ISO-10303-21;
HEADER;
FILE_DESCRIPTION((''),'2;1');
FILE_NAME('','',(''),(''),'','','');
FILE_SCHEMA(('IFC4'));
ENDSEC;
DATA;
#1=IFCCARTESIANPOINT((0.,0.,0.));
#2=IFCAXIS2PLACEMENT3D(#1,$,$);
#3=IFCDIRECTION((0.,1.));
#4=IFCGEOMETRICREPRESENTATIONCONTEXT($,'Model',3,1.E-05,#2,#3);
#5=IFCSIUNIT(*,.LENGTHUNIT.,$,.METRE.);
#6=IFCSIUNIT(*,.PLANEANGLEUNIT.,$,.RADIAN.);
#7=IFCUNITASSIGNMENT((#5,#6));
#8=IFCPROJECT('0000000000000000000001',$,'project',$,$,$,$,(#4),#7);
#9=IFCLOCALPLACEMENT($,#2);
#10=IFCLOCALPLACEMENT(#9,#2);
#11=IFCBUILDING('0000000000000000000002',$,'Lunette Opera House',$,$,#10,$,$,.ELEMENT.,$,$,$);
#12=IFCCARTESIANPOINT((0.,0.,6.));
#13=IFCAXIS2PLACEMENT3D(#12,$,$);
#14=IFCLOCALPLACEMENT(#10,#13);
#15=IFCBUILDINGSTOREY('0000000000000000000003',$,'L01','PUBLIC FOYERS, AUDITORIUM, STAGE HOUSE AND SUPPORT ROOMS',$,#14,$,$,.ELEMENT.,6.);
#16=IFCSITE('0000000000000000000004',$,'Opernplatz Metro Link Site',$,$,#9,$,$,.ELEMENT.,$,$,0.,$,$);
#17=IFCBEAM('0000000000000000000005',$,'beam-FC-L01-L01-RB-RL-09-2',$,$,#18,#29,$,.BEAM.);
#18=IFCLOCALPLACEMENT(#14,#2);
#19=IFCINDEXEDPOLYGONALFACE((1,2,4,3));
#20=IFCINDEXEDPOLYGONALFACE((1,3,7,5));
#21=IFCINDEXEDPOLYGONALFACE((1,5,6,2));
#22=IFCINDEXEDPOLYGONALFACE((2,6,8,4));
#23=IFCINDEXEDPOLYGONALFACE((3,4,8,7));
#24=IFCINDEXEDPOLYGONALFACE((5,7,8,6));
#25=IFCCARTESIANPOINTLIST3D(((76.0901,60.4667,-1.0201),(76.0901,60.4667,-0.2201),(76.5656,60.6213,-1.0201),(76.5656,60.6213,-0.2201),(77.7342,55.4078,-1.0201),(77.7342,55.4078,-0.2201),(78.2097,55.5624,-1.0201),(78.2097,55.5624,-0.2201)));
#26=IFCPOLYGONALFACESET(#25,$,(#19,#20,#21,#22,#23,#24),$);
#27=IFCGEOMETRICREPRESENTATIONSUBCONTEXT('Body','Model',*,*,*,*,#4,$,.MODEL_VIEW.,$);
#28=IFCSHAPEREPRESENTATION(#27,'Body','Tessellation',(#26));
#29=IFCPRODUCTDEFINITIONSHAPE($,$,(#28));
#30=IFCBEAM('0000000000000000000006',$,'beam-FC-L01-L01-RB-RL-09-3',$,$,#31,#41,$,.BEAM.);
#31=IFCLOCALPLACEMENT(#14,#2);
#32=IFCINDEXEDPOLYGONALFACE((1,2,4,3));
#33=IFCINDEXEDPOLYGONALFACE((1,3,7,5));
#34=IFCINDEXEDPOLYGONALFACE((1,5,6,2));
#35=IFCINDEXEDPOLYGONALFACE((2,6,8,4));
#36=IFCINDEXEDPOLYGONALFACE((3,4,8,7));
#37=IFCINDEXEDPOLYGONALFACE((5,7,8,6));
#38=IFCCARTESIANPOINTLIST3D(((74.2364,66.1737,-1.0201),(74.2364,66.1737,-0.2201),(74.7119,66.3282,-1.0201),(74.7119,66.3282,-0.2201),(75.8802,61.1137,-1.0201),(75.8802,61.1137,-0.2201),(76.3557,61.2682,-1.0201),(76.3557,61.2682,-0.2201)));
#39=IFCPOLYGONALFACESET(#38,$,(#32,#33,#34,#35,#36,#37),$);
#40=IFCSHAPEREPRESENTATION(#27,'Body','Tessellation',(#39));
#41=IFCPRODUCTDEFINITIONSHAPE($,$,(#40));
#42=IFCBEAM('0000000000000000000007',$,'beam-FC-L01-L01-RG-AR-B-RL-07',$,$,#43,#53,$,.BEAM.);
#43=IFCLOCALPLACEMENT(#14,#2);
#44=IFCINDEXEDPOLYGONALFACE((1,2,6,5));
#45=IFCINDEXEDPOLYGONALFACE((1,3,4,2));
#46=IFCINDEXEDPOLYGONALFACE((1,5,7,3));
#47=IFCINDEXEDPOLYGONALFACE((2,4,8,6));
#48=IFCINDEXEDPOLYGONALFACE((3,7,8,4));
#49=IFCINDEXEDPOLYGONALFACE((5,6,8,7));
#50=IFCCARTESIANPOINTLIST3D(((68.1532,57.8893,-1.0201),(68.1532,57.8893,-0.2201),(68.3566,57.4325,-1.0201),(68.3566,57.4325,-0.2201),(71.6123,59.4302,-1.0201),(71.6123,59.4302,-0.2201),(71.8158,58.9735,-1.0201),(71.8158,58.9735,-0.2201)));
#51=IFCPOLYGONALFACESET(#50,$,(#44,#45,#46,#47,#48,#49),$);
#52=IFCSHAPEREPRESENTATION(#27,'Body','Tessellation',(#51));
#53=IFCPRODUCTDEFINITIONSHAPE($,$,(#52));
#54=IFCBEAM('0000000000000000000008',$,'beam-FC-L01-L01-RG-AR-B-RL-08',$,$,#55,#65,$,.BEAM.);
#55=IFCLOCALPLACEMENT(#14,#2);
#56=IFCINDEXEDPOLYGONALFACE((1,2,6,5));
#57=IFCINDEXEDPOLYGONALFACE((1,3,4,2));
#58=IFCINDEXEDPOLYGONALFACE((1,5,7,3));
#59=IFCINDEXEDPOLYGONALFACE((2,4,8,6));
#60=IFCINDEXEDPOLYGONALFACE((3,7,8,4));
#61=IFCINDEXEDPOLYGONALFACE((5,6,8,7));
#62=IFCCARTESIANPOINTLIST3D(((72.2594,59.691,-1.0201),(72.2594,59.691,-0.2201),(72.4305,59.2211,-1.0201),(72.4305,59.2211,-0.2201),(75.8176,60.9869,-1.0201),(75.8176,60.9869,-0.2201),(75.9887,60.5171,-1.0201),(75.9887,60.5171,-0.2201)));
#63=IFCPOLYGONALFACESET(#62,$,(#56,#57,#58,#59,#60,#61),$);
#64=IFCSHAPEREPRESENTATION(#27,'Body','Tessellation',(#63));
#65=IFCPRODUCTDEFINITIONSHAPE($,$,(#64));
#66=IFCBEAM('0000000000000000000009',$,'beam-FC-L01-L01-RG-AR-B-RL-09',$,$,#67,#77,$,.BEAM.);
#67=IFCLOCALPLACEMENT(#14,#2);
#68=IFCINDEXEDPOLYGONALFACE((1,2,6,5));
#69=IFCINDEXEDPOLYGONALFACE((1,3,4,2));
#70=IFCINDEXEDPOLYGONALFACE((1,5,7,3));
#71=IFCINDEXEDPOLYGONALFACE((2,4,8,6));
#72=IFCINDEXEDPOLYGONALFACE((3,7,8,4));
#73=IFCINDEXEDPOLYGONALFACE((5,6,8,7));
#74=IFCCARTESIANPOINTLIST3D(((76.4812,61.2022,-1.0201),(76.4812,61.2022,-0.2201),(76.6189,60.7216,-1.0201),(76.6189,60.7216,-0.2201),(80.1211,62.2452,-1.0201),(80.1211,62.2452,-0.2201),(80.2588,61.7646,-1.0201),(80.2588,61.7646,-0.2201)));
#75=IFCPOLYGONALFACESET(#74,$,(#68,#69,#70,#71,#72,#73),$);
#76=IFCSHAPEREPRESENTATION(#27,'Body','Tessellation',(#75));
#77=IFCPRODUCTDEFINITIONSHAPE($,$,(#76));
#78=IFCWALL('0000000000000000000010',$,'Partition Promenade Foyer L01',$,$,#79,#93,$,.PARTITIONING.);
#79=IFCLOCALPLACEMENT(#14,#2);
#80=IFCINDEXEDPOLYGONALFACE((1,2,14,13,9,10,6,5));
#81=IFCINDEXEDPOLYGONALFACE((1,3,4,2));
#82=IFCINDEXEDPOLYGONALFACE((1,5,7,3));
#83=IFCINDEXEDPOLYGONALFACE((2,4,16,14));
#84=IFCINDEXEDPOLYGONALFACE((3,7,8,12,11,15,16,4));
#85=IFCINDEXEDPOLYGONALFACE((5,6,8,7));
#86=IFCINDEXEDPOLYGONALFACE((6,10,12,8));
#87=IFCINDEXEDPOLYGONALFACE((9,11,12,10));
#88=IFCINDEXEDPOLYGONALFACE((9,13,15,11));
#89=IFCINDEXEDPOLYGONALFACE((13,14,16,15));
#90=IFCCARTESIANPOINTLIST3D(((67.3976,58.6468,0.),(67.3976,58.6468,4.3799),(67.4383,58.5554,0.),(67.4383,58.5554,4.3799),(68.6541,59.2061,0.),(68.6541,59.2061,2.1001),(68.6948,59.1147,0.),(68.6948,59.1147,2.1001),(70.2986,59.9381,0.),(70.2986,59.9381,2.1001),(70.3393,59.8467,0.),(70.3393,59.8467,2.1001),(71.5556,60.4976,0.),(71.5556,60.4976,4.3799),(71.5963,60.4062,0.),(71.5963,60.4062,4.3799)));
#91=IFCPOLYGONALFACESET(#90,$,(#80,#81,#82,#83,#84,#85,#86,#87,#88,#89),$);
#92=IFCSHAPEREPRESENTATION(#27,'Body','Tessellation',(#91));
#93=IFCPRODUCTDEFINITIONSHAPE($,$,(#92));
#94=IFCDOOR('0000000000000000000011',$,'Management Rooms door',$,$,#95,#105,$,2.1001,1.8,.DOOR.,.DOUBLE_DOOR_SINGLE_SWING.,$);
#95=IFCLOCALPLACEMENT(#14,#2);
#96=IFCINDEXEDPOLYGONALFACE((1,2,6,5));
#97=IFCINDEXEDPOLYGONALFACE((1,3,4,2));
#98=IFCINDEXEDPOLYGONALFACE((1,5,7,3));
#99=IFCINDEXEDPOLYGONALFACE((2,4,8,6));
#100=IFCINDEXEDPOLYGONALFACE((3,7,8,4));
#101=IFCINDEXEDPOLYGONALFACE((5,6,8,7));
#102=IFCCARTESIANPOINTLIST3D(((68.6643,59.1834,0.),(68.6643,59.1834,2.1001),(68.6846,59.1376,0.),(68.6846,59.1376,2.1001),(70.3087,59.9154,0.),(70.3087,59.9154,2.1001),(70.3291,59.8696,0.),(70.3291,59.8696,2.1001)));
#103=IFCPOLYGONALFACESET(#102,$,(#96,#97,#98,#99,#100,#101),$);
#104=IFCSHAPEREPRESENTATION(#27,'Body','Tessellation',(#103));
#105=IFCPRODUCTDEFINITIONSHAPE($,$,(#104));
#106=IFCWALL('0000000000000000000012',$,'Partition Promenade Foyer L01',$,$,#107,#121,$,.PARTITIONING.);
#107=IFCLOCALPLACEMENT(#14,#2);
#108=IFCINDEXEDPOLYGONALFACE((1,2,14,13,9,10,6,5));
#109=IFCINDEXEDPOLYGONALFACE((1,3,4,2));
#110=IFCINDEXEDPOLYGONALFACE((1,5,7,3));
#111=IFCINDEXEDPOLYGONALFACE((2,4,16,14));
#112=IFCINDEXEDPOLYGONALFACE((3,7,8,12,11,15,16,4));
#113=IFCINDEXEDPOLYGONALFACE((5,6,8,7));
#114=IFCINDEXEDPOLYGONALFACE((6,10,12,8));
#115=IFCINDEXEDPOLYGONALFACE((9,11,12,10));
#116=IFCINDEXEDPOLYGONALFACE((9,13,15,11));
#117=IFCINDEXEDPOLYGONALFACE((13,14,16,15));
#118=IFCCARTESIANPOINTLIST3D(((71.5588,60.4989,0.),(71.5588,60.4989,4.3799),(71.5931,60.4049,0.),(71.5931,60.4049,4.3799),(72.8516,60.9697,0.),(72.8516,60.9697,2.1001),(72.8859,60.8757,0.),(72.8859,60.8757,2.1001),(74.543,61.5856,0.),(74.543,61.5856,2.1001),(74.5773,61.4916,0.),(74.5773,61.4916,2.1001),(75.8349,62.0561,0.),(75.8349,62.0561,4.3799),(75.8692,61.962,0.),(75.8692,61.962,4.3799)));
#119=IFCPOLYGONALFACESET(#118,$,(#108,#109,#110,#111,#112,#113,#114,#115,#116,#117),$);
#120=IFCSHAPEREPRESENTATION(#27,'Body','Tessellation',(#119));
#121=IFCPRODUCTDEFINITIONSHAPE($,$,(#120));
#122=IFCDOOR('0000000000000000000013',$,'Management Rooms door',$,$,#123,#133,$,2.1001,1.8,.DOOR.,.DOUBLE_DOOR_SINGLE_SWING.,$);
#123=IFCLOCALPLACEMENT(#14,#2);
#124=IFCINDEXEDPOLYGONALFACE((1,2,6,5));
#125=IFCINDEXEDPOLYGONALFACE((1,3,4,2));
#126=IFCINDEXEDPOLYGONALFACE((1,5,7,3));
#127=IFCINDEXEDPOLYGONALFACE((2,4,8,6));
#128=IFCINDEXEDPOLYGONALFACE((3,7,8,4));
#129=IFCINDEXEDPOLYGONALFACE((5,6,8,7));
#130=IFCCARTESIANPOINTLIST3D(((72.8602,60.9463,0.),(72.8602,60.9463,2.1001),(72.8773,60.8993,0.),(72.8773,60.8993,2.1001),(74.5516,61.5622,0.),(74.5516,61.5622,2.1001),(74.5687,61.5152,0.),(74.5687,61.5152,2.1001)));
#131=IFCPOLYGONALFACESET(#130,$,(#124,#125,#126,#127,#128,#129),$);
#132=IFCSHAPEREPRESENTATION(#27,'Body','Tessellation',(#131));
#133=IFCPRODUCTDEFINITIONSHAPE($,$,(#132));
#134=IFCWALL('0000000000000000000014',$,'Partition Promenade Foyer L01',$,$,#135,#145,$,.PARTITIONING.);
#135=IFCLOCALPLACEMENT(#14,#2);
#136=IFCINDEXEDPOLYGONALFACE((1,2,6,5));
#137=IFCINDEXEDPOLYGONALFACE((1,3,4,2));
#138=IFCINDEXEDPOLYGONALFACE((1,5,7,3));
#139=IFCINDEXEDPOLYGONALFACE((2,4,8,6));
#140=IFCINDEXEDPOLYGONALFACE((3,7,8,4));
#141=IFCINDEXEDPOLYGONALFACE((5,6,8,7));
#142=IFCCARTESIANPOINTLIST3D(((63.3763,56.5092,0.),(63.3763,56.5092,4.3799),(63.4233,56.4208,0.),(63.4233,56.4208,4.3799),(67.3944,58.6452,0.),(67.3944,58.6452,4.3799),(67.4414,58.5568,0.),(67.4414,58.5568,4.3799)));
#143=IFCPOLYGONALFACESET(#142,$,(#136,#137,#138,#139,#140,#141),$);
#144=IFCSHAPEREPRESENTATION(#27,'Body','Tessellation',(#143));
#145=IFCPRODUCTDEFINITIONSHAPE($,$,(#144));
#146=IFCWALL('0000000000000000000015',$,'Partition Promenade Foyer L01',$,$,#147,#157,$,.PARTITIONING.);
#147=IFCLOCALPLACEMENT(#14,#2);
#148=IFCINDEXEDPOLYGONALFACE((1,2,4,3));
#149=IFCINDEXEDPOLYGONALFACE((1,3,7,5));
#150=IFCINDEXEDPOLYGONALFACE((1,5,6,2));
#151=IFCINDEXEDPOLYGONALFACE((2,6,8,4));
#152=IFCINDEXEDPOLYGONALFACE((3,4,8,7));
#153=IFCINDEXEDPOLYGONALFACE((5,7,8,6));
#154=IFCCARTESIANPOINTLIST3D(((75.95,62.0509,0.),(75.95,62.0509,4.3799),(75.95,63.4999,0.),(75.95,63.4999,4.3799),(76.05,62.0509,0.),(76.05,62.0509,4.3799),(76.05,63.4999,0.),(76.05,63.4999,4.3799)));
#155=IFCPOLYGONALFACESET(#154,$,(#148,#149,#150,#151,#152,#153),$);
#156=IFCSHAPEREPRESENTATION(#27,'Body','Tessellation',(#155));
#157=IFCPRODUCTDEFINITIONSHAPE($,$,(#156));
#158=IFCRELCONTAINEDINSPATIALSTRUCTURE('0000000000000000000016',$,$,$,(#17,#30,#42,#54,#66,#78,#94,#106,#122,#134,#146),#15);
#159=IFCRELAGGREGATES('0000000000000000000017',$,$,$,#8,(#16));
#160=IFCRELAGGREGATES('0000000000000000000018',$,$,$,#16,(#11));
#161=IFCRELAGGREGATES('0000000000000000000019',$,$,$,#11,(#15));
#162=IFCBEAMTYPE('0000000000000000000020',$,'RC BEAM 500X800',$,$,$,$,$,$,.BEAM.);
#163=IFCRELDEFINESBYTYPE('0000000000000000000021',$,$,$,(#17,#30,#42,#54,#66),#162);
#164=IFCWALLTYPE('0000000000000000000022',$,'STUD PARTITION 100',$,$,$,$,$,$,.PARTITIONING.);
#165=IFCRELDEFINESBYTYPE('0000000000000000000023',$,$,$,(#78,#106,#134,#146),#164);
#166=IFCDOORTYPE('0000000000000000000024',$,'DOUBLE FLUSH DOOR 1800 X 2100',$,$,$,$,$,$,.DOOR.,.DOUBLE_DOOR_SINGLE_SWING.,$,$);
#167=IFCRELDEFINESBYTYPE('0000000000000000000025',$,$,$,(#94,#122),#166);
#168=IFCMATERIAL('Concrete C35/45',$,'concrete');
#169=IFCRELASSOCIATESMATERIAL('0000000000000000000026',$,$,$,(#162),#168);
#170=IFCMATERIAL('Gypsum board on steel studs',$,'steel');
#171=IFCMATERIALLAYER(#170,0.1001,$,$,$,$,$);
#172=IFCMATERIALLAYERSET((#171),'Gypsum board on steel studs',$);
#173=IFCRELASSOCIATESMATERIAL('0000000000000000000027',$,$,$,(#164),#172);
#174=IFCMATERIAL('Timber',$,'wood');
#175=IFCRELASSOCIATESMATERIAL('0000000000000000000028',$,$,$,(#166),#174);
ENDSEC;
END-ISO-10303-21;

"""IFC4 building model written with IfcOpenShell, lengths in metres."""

from ifc_helpers import new_model, si_unit, direction, frame, frame_2d, origin, origin_2d, place, context, subcontext, project, spatial, rectangle, extrude, material, layer, layer_set, material_profile, profile_set, type_object, element, fill, save


model = new_model("IFC4")

# Units and contexts
model_context = context("Model", 3, precision=1e-05, world=origin(), true_north=direction((0.0, 1.0)))
body_context = subcontext(model_context, "Body", "Model", "MODEL_VIEW")
ifc_project = project(units=[si_unit("LENGTHUNIT", "METRE"), si_unit("PLANEANGLEUNIT", "RADIAN")], contexts=[model_context])

# Site, building, storey
site_placement = place(None, origin())
site = spatial("IfcSite", under=ifc_project, at=site_placement, Name="Opernplatz Metro Link Site", CompositionType="ELEMENT", RefElevation=0.0)
building_placement = place(site_placement, origin())
building = spatial("IfcBuilding", under=site, at=building_placement, Name="Lunette Opera House", CompositionType="ELEMENT")
storey_placement = place(building_placement, frame((0.0, 0.0, 6.0)))
storey = spatial("IfcBuildingStorey", under=building, at=storey_placement, Name="L01", Description="PUBLIC FOYERS, AUDITORIUM, STAGE HOUSE AND SUPPORT ROOMS", CompositionType="ELEMENT", Elevation=6.0)

# Beams
ifc_material_1 = material(Name="Concrete C35/45", Category="concrete")
ifc_material_profile_1 = material_profile(ifc_material_1, rectangle(XDim=0.5, YDim=0.8, at=origin_2d()), Name="RC BEAM 500X800")
ifc_profile_set_1 = profile_set([ifc_material_profile_1], Name="Concrete C35/45")
beam_type_1 = type_object("IfcBeamType", Name="RC BEAM 500X800", PredefinedType="BEAM", material=ifc_profile_set_1)
beam_1_placement = place(storey_placement, frame((77.9719, 55.4851, -0.6201), z_axis=(-0.309073, 0.951038, 0.0), x_axis=(-0.951038, -0.309073, 0.0)))
element("IfcBeam", 1, at=beam_1_placement, inside=storey, type_object=beam_type_1, Name="beam-FC-L01-L01-RB-RL-09-2", PredefinedType="BEAM", context=body_context, shape_type="SweptSolid", body=[
    extrude(rectangle(XDim=0.5, YDim=0.8, at=origin_2d()), origin(), (0.0, 0.0, 1.0), 5.3193),
])
beam_2_placement = place(storey_placement, frame((76.1179, 61.1909, -0.6201), z_axis=(-0.308964, 0.951074, 0.0), x_axis=(-0.951074, -0.308964, 0.0)))
element("IfcBeam", 2, at=beam_2_placement, inside=storey, type_object=beam_type_1, Name="beam-FC-L01-L01-RB-RL-09-3", PredefinedType="BEAM", context=body_context, shape_type="SweptSolid", body=[
    extrude(rectangle(XDim=0.5, YDim=0.8, at=origin_2d()), origin(), (0.0, 0.0, 1.0), 5.3203),
])
for number, where, z_axis, x_axis, name in (
    (3, (68.2549, 57.6609, -0.6201), (0.91346, 0.406928, 0.0), (-0.406928, 0.91346, 0.0), "beam-FC-L01-L01-RG-AR-B-RL-07"),
    (4, (72.345, 59.4561, -0.6201), (0.93962, 0.342219, 0.0), (-0.342219, 0.93962, 0.0), "beam-FC-L01-L01-RG-AR-B-RL-08"),
):
    element("IfcBeam", number, at=place(storey_placement, frame(where, z_axis=z_axis, x_axis=x_axis)), inside=storey, type_object=beam_type_1, Name=name, PredefinedType="BEAM", context=body_context, shape_type="SweptSolid", body=[
        extrude(rectangle(XDim=0.5, YDim=0.8, at=origin_2d()), origin(), (0.0, 0.0, 1.0), 3.7869),
    ])
beam_3_placement = place(storey_placement, frame((76.55, 60.9619, -0.6201), z_axis=(0.961314, 0.275453, 0.0), x_axis=(-0.275453, 0.961314, 0.0)))
element("IfcBeam", 5, at=beam_3_placement, inside=storey, type_object=beam_type_1, Name="beam-FC-L01-L01-RG-AR-B-RL-09", PredefinedType="BEAM", context=body_context, shape_type="SweptSolid", body=[
    extrude(rectangle(XDim=0.5, YDim=0.8, at=origin_2d()), origin(), (0.0, 0.0, 1.0), 3.7864),
])

# Walls, openings, doors
ifc_material_2 = material(Name="Gypsum board on steel studs", Category="steel")
ifc_layer = layer(ifc_material_2, 0.1001)
ifc_layer_set = layer_set([ifc_layer], Name="Gypsum board on steel studs")
wall_type = type_object("IfcWallType", Name="STUD PARTITION 100", PredefinedType="PARTITIONING", material=ifc_layer_set)
wall_1_placement = place(storey_placement, frame((71.5759, 60.4519, 0.0), z_axis=(0.0, 0.0, 1.0), x_axis=(-0.913579, -0.406661, 0.0)))
wall_1 = element("IfcWall", 6, at=wall_1_placement, inside=storey, type_object=wall_type, Name="Partition Promenade Foyer L01", PredefinedType="PARTITIONING", context=body_context, shape_type="SweptSolid", body=[
    extrude(rectangle(XDim=4.5513, YDim=0.1001, at=frame_2d((2.2756, 0.0))), origin(), (0.0, 0.0, 1.0), 4.3799),
])
opening_1_placement = place(wall_1_placement, frame((1.376, 0.0, 0.0)))
opening_1 = element("IfcOpeningElement", 7, at=opening_1_placement, cuts=wall_1, PredefinedType="OPENING", context=body_context, shape_type="SweptSolid", body=[
    extrude(rectangle(XDim=1.8, YDim=2.1001, at=frame_2d((0.8999, 1.05))), frame((0.0, 0.062, 0.0), z_axis=(0.0, -1.0, 0.0), x_axis=(1.0, 0.0, 0.0)), (0.0, 0.0, 1.0), 0.124),
])
ifc_material_3 = material(Name="Timber", Category="wood")
door_type = type_object("IfcDoorType", Name="DOUBLE FLUSH DOOR 1800 X 2100", OperationType="DOUBLE_DOOR_SINGLE_SWING", PredefinedType="DOOR", material=ifc_material_3)
door_1_placement = place(opening_1_placement, origin())
door_1 = element("IfcDoor", 8, at=door_1_placement, inside=storey, type_object=door_type, Name="Management Rooms door", OperationType="DOUBLE_DOOR_SINGLE_SWING", OverallHeight=2.1001, OverallWidth=1.8, PredefinedType="DOOR", context=body_context, shape_type="SweptSolid", body=[
    extrude(rectangle(XDim=1.8, YDim=2.1001, at=frame_2d((0.8999, 1.05))), frame((0.0, 0.0249, 0.0), z_axis=(0.0, -1.0, 0.0), x_axis=(1.0, 0.0, 0.0)), (0.0, 0.0, 1.0), 0.05),
])
fill(opening_1, door_1)
wall_2_placement = place(storey_placement, frame((75.8521, 62.009, 0.0), z_axis=(0.0, 0.0, 1.0), x_axis=(-0.93964, -0.342165, 0.0)))
wall_2 = element("IfcWall", 9, at=wall_2_placement, inside=storey, type_object=wall_type, Name="Partition Promenade Foyer L01", PredefinedType="PARTITIONING", context=body_context, shape_type="SweptSolid", body=[
    extrude(rectangle(XDim=4.5508, YDim=0.1001, at=frame_2d((2.2754, 0.0))), origin(), (0.0, 0.0, 1.0), 4.3799),
])
opening_2_placement = place(wall_2_placement, frame((1.375, 0.0, 0.0)))
opening_2 = element("IfcOpeningElement", 10, at=opening_2_placement, cuts=wall_2, PredefinedType="OPENING", context=body_context, shape_type="SweptSolid", body=[
    extrude(rectangle(XDim=1.8, YDim=2.1001, at=frame_2d((0.8999, 1.05))), frame((0.0, 0.062, 0.0), z_axis=(0.0, -1.0, 0.0), x_axis=(1.0, 0.0, 0.0)), (0.0, 0.0, 1.0), 0.124),
])
door_2_placement = place(opening_2_placement, origin())
door_2 = element("IfcDoor", 11, at=door_2_placement, inside=storey, type_object=door_type, Name="Management Rooms door", OperationType="DOUBLE_DOOR_SINGLE_SWING", OverallHeight=2.1001, OverallWidth=1.8, PredefinedType="DOOR", context=body_context, shape_type="SweptSolid", body=[
    extrude(rectangle(XDim=1.8, YDim=2.1001, at=frame_2d((0.8999, 1.05))), frame((0.0, 0.0249, 0.0), z_axis=(0.0, -1.0, 0.0), x_axis=(1.0, 0.0, 0.0)), (0.0, 0.0, 1.0), 0.05),
])
fill(opening_2, door_2)

# Walls
wall_3_placement = place(storey_placement, frame((67.418, 58.6011, 0.0), z_axis=(0.0, 0.0, 1.0), x_axis=(-0.882989, -0.469393, 0.0)))
element("IfcWall", 12, at=wall_3_placement, inside=storey, type_object=wall_type, Name="Partition Promenade Foyer L01", PredefinedType="PARTITIONING", context=body_context, shape_type="SweptSolid", body=[
    extrude(rectangle(XDim=4.5505, YDim=0.1001, at=frame_2d((2.2754, 0.0))), origin(), (0.0, 0.0, 1.0), 4.3799),
])
wall_4_placement = place(storey_placement, frame((76.0, 63.5, 0.0), z_axis=(0.0, 0.0, 1.0), x_axis=(0.0, -1.0, 0.0)))
element("IfcWall", 13, at=wall_4_placement, inside=storey, type_object=wall_type, Name="Partition Promenade Foyer L01", PredefinedType="PARTITIONING", context=body_context, shape_type="SweptSolid", body=[
    extrude(rectangle(XDim=1.449, YDim=0.1001, at=frame_2d((0.7246, 0.0))), origin(), (0.0, 0.0, 1.0), 4.3799),
])

save(model, "model.ifc")
